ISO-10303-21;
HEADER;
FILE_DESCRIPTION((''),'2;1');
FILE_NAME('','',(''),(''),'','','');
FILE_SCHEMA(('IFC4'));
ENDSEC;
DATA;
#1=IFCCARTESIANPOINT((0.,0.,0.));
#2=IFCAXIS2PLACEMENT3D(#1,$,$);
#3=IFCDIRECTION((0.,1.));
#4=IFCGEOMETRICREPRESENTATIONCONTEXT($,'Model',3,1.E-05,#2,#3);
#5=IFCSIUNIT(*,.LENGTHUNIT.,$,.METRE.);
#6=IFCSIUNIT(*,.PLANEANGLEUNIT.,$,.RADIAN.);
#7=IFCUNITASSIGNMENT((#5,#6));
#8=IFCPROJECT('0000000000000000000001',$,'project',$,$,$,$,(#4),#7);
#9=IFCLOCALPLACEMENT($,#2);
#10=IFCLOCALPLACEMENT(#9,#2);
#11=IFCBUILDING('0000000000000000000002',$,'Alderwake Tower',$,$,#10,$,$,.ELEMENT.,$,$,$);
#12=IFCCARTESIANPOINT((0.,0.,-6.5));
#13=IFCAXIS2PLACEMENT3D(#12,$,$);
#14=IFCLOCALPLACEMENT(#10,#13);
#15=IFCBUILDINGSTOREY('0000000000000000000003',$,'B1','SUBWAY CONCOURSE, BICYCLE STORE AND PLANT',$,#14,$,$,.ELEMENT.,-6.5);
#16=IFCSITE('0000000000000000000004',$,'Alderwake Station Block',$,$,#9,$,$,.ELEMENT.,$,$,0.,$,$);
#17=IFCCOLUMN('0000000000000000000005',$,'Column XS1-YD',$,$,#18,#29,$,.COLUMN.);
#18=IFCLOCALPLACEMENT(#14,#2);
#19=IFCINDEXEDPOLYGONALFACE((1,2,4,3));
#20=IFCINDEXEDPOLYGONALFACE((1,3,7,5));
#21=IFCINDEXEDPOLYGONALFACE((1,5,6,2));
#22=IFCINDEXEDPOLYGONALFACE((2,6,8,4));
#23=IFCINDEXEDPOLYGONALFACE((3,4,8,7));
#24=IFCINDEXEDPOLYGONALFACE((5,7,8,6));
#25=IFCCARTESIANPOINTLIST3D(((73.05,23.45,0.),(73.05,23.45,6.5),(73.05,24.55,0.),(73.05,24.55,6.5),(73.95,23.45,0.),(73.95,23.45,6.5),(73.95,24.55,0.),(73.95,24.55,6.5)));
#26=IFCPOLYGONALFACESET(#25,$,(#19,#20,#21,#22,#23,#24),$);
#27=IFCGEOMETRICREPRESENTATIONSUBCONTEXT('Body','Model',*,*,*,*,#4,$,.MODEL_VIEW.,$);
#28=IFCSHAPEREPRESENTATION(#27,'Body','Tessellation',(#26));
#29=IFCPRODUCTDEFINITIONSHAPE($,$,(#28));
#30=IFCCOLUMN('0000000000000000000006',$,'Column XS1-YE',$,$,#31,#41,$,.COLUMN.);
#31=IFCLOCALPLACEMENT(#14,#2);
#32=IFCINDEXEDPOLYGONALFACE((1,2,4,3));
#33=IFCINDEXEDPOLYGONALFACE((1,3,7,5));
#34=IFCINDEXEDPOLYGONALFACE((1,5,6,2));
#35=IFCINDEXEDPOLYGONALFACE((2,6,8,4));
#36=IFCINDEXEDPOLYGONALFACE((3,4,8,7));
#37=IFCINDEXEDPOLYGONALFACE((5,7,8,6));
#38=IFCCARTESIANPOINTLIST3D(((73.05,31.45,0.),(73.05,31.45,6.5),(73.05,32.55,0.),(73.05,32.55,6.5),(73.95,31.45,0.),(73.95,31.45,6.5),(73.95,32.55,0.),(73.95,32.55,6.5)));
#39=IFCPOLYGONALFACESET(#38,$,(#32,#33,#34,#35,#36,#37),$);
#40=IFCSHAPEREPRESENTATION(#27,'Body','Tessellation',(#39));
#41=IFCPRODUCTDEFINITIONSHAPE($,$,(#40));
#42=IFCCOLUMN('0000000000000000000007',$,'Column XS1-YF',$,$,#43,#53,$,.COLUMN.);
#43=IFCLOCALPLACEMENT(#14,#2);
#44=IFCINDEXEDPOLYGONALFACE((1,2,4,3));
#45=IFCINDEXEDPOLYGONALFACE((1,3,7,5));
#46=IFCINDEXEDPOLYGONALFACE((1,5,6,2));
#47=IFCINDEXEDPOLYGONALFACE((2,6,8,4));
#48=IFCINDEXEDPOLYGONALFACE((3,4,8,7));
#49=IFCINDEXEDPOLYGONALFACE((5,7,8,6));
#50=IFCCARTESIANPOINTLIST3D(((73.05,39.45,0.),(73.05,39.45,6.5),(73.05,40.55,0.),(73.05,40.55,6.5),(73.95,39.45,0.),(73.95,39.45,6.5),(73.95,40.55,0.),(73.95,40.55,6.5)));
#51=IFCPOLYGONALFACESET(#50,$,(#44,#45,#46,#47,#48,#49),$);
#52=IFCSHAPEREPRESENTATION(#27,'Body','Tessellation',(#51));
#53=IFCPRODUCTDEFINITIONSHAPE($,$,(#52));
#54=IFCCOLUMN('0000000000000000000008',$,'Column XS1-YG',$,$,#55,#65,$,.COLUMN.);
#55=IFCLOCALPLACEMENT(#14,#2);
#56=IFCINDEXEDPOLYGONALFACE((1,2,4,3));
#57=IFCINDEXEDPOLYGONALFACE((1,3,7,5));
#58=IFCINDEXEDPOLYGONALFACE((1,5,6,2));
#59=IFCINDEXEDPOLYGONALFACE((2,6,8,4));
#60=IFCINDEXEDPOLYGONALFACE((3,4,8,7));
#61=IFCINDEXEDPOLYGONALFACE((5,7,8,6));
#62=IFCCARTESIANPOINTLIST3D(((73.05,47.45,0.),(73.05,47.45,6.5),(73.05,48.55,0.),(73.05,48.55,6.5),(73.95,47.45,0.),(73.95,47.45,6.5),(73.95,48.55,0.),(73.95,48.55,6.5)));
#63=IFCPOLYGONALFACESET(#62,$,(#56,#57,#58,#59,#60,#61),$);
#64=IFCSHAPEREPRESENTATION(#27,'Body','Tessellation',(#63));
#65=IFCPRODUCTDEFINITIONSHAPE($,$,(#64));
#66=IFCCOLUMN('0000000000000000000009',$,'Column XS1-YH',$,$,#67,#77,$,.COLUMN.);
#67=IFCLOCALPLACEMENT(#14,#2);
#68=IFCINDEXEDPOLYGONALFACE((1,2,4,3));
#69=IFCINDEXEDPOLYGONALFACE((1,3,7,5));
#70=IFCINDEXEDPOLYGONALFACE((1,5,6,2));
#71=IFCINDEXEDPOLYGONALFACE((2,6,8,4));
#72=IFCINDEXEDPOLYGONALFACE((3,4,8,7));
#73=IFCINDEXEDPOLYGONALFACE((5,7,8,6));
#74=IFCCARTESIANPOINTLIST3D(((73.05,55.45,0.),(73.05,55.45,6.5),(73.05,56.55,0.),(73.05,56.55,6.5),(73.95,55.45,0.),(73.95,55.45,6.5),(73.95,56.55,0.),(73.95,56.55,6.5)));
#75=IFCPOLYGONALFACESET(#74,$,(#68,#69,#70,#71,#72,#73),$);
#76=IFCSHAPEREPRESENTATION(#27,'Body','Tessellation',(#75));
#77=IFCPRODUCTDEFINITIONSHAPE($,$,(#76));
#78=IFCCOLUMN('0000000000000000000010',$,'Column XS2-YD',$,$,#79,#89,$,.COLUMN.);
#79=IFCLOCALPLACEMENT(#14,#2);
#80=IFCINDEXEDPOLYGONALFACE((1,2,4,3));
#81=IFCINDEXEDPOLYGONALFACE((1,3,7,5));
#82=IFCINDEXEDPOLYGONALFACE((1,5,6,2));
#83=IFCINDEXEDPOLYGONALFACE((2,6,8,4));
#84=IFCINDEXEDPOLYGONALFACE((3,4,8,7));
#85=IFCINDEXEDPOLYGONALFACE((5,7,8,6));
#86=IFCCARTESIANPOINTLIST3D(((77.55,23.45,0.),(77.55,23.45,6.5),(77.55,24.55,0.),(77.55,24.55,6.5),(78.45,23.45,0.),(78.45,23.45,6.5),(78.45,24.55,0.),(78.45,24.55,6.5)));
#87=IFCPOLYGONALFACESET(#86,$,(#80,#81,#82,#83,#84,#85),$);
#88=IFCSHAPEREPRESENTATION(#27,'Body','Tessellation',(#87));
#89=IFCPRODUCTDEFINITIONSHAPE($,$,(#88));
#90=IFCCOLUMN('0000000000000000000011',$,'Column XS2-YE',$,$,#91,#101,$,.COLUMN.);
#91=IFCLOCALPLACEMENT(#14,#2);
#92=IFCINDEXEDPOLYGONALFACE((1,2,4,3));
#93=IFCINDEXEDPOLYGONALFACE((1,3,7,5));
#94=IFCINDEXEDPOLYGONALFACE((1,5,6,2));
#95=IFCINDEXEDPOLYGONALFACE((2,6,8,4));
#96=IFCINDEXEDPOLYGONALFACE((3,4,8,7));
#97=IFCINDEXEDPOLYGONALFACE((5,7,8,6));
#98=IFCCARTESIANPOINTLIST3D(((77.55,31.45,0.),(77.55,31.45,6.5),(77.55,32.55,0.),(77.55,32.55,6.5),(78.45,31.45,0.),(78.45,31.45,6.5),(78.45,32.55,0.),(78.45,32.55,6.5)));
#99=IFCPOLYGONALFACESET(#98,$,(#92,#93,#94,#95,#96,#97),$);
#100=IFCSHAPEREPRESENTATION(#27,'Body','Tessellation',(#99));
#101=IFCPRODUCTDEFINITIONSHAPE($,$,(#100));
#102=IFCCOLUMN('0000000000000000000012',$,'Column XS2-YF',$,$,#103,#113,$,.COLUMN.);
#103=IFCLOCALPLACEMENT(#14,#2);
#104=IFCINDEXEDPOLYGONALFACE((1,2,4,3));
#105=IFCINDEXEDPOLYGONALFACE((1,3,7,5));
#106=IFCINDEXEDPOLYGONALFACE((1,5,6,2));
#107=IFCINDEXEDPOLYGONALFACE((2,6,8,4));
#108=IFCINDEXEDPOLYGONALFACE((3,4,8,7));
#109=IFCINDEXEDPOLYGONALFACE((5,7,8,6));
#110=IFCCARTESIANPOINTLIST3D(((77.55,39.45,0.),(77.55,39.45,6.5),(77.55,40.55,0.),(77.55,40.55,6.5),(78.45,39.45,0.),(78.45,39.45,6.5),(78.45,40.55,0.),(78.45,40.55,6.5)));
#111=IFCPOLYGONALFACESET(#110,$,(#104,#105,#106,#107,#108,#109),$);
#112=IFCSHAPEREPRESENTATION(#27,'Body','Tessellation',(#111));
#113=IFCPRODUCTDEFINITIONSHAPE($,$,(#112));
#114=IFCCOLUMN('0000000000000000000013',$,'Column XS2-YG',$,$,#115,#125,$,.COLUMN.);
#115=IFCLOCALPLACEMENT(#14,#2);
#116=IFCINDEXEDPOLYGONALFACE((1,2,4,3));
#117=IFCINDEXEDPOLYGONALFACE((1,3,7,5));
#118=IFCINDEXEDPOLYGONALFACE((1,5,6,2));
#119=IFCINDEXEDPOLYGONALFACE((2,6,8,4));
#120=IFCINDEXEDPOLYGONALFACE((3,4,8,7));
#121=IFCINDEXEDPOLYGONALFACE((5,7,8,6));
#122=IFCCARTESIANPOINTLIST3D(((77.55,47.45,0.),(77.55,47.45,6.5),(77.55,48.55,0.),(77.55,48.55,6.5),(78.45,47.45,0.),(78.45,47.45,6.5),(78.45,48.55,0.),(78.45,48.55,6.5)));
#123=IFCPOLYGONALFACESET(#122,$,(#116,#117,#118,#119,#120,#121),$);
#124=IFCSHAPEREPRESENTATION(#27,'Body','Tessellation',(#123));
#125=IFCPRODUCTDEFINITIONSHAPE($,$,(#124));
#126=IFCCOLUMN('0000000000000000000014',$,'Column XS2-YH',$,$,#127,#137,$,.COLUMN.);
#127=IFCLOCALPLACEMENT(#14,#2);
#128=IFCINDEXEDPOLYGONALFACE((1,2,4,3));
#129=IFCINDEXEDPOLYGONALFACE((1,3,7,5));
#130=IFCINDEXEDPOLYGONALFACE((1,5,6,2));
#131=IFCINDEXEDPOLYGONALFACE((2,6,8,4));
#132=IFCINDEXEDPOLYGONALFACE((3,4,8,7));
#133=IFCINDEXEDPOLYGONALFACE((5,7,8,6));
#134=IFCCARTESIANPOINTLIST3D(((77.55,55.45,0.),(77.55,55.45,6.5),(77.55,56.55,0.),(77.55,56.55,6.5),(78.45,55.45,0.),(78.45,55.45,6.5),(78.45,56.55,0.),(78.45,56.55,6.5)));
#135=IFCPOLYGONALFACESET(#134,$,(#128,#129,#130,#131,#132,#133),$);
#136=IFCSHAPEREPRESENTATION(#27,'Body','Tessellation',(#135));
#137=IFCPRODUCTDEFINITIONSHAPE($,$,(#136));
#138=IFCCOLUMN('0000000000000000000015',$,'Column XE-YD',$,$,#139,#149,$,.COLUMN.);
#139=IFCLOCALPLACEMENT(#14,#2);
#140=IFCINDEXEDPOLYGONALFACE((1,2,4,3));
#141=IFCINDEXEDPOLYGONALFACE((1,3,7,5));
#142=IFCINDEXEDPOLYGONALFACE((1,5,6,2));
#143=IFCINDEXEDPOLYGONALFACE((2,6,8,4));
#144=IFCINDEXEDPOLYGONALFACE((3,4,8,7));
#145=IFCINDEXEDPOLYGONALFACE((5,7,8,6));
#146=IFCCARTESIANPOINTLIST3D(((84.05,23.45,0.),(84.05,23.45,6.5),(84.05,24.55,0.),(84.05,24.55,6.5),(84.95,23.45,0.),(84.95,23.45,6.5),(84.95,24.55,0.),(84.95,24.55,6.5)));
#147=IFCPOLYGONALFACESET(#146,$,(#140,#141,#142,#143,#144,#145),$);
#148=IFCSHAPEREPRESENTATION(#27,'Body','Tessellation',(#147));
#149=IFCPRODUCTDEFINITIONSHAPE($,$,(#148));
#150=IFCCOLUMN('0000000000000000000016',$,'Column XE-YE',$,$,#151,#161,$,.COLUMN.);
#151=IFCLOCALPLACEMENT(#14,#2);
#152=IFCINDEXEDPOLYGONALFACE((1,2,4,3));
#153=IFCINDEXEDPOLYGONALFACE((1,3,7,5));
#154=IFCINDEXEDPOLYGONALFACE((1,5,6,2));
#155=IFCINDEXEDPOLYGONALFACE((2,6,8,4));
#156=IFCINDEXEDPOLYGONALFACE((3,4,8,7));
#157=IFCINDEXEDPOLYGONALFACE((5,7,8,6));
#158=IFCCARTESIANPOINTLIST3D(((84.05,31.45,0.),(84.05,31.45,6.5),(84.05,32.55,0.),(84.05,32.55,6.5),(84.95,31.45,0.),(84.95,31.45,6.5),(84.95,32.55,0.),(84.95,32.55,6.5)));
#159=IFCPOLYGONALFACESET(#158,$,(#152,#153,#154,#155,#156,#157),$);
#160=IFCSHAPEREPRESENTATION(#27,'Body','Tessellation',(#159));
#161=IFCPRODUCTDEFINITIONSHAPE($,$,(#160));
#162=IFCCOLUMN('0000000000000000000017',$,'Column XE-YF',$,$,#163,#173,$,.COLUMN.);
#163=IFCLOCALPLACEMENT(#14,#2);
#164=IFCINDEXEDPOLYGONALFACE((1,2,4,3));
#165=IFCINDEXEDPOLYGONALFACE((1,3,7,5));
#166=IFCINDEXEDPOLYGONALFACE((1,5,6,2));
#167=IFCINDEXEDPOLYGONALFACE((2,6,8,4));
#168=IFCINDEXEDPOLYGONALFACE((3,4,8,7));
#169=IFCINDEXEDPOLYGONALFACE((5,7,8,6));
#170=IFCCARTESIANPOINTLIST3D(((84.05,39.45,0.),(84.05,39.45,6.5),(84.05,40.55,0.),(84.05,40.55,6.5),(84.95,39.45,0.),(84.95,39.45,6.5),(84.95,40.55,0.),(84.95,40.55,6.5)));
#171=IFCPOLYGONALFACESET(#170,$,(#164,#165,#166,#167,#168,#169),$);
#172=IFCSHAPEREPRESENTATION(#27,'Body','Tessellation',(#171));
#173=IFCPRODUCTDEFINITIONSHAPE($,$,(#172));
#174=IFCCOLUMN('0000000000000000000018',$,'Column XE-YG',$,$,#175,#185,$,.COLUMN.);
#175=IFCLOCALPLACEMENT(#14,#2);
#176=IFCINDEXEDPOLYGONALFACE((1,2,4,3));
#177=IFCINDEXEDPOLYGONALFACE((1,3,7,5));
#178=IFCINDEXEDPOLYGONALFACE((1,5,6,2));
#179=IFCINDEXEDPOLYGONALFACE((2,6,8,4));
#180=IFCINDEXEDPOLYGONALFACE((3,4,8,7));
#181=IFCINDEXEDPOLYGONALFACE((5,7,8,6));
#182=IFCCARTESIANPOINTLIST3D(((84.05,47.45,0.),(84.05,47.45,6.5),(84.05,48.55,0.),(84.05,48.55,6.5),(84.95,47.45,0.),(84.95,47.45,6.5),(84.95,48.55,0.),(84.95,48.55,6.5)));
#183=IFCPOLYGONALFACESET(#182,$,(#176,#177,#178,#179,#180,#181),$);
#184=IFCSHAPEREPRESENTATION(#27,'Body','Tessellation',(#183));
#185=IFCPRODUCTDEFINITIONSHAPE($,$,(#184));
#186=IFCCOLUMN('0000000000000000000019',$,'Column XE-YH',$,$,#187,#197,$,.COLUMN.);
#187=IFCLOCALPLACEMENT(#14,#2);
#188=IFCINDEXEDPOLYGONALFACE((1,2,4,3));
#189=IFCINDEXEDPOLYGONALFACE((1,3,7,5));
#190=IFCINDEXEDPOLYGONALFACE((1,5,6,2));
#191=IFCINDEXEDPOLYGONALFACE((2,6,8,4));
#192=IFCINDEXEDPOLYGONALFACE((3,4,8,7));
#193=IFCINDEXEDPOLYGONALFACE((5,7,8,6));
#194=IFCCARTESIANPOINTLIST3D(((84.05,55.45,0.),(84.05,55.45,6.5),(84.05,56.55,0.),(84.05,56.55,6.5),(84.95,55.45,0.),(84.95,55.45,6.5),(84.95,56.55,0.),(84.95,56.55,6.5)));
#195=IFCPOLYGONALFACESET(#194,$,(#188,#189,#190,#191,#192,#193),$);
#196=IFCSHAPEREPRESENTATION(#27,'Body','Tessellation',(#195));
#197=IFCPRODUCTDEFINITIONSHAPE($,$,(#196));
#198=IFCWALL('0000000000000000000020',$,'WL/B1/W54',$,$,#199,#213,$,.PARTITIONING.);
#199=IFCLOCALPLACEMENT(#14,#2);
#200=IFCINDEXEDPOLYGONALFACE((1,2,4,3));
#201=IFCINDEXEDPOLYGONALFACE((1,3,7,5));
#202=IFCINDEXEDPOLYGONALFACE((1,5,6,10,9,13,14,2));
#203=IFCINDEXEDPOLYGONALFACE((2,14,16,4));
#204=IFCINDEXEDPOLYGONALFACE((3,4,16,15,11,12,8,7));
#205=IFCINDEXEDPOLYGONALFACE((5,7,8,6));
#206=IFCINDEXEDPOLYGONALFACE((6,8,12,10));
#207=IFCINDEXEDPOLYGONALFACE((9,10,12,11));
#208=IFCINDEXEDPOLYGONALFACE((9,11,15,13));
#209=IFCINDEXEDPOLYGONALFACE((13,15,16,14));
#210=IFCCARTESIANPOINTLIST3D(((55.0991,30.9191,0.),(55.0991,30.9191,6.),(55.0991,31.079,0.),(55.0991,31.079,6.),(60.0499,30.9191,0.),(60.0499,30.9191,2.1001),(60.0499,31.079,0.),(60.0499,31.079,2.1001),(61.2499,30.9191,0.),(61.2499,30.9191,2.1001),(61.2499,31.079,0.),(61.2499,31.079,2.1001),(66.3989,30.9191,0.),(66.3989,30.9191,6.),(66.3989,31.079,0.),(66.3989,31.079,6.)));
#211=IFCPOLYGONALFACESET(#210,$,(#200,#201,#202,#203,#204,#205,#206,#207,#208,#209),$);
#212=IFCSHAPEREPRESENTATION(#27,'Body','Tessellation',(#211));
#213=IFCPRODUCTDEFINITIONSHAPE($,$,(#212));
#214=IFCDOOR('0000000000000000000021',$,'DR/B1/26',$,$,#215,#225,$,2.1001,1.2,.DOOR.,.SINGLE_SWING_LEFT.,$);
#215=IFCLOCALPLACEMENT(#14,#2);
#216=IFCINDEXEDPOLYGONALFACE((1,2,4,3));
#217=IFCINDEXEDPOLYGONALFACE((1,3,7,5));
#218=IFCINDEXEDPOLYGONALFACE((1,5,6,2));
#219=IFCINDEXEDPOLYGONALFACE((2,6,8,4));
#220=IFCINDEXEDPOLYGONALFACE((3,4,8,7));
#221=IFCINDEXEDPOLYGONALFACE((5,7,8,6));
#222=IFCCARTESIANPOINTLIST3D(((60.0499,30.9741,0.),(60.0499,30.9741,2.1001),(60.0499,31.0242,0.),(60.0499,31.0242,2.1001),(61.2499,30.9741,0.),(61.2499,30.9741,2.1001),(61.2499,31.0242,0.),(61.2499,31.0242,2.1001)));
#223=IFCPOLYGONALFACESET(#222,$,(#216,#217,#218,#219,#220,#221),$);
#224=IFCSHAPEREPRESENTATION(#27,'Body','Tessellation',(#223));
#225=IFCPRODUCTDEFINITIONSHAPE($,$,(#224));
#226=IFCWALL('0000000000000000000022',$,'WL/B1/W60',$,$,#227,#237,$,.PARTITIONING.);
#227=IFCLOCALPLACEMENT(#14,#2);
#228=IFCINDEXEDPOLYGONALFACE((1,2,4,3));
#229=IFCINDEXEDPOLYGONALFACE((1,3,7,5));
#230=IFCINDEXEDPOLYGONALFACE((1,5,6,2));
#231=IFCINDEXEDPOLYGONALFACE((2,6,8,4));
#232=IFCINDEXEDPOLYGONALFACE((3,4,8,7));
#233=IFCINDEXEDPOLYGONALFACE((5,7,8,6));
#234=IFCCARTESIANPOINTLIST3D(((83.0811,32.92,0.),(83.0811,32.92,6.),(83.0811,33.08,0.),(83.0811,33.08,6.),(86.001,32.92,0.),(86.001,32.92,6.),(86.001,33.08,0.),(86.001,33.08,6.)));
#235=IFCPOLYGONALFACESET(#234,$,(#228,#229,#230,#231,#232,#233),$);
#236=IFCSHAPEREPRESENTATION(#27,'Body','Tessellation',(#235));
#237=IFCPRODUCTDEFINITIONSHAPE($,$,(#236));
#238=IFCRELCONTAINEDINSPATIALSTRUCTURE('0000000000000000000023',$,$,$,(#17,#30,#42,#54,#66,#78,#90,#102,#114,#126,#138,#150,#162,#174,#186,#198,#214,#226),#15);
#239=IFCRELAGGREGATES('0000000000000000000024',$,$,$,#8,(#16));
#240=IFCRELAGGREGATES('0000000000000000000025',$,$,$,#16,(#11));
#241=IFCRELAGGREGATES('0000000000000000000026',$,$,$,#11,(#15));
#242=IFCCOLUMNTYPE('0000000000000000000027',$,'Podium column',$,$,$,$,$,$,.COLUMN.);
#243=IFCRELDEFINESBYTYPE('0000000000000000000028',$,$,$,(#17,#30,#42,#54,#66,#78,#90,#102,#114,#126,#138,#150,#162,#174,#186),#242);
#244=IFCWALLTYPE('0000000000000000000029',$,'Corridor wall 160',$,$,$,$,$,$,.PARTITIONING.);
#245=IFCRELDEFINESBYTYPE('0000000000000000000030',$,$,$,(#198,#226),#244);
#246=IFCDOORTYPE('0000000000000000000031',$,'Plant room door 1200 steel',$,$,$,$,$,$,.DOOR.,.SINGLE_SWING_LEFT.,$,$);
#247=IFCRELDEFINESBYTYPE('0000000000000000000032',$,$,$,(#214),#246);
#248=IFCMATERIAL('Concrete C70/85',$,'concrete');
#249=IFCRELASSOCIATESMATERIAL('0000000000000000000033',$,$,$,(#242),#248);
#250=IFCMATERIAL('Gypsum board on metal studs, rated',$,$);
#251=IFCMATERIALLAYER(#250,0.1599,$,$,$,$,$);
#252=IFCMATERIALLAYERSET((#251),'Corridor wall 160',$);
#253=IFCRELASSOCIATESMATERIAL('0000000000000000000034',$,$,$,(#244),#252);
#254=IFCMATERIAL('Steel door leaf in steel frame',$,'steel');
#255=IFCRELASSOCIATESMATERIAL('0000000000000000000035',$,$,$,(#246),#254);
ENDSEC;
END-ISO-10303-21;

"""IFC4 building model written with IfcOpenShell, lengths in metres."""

from ifc_helpers import new_model, si_unit, direction, frame, frame_2d, origin, origin_2d, place, context, subcontext, project, spatial, rectangle, extrude, material, layer, layer_set, material_profile, profile_set, type_object, element, fill, save


model = new_model("IFC4")

# Units and contexts
model_context = context("Model", 3, precision=1e-05, world=origin(), true_north=direction((0.0, 1.0)))
body_context = subcontext(model_context, "Body", "Model", "MODEL_VIEW")
ifc_project = project(units=[si_unit("LENGTHUNIT", "METRE"), si_unit("PLANEANGLEUNIT", "RADIAN")], contexts=[model_context])

# Site, building, storey
site_placement = place(None, origin())
site = spatial("IfcSite", under=ifc_project, at=site_placement, Name="Alderwake Station Block", CompositionType="ELEMENT", RefElevation=0.0)
building_placement = place(site_placement, origin())
building = spatial("IfcBuilding", under=site, at=building_placement, Name="Alderwake Tower", CompositionType="ELEMENT")
storey_placement = place(building_placement, frame((0.0, 0.0, -6.5)))
storey = spatial("IfcBuildingStorey", under=building, at=storey_placement, Name="B1", Description="SUBWAY CONCOURSE, BICYCLE STORE AND PLANT", CompositionType="ELEMENT", Elevation=-6.5)

# Columns
ifc_material_1 = material(Name="Concrete C70/85", Category="concrete")
ifc_material_profile = material_profile(ifc_material_1, rectangle(XDim=0.8999, YDim=1.1001, at=origin_2d()), Name="RC 1100X900")
ifc_profile_set = profile_set([ifc_material_profile], Name="Concrete C70/85")
column_type = type_object("IfcColumnType", Name="Podium column", PredefinedType="COLUMN", material=ifc_profile_set)
for number, where, z_axis, x_axis, name in (
    (1, (73.5, 24.0, 0.0), (0.0, 0.0, 1.0), (1.0, 0.0, 0.0), "Column XS1-YD"),
    (2, (73.5, 32.0, 0.0), (0.0, 0.0, 1.0), (1.0, 0.0, 0.0), "Column XS1-YE"),
    (3, (73.5, 40.0, 0.0), (0.0, 0.0, 1.0), (1.0, 0.0, 0.0), "Column XS1-YF"),
    (4, (73.5, 48.0, 0.0), (0.0, 0.0, 1.0), (1.0, 0.0, 0.0), "Column XS1-YG"),
    (5, (73.5, 56.0, 0.0), (0.0, 0.0, 1.0), (1.0, 0.0, 0.0), "Column XS1-YH"),
    (6, (78.0, 24.0, 0.0), (0.0, 0.0, 1.0), (1.0, 0.0, 0.0), "Column XS2-YD"),
    (7, (78.0, 32.0, 0.0), (0.0, 0.0, 1.0), (1.0, 0.0, 0.0), "Column XS2-YE"),
    (8, (78.0, 40.0, 0.0), (0.0, 0.0, 1.0), (1.0, 0.0, 0.0), "Column XS2-YF"),
    (9, (78.0, 48.0, 0.0), (0.0, 0.0, 1.0), (1.0, 0.0, 0.0), "Column XS2-YG"),
    (10, (78.0, 56.0, 0.0), (0.0, 0.0, 1.0), (1.0, 0.0, 0.0), "Column XS2-YH"),
    (11, (84.5, 24.0, 0.0), (0.0, 0.0, 1.0), (1.0, 0.0, 0.0), "Column XE-YD"),
    (12, (84.5, 32.0, 0.0), (0.0, 0.0, 1.0), (1.0, 0.0, 0.0), "Column XE-YE"),
    (13, (84.5, 40.0, 0.0), (0.0, 0.0, 1.0), (1.0, 0.0, 0.0), "Column XE-YF"),
    (14, (84.5, 48.0, 0.0), (0.0, 0.0, 1.0), (1.0, 0.0, 0.0), "Column XE-YG"),
    (15, (84.5, 56.0, 0.0), (0.0, 0.0, 1.0), (1.0, 0.0, 0.0), "Column XE-YH"),
):
    element("IfcColumn", number, at=place(storey_placement, frame(where, z_axis=z_axis, x_axis=x_axis)), inside=storey, type_object=column_type, Name=name, PredefinedType="COLUMN", context=body_context, shape_type="SweptSolid", body=[
        extrude(rectangle(XDim=0.8999, YDim=1.1001, at=origin_2d()), origin(), (0.0, 0.0, 1.0), 6.5),
    ])

# Wall, opening, door
ifc_material_2 = material(Name="Gypsum board on metal studs, rated")
ifc_layer_1 = layer(ifc_material_2, 0.1599)
ifc_layer_set_1 = layer_set([ifc_layer_1], Name="Corridor wall 160")
wall_type_1 = type_object("IfcWallType", Name="Corridor wall 160", PredefinedType="PARTITIONING", material=ifc_layer_set_1)
wall_1_placement = place(storey_placement, frame((66.3989, 30.999, 0.0), z_axis=(0.0, 0.0, 1.0), x_axis=(-1.0, 0.0, 0.0)))
wall_1 = element("IfcWall", 16, at=wall_1_placement, inside=storey, type_object=wall_type_1, Name="WL/B1/W54", PredefinedType="PARTITIONING", context=body_context, shape_type="SweptSolid", body=[
    extrude(rectangle(XDim=11.2998, YDim=0.1599, at=frame_2d((5.6499, 0.0))), origin(), (0.0, 0.0, 1.0), 6.0),
])
opening_1_placement = place(wall_1_placement, frame((5.1489, 0.0, 0.0)))
opening_1 = element("IfcOpeningElement", 17, at=opening_1_placement, cuts=wall_1, PredefinedType="OPENING", context=body_context, shape_type="SweptSolid", body=[
    extrude(rectangle(XDim=1.2, YDim=2.1001, at=frame_2d((0.6001, 1.05))), frame((0.0, 0.0898, 0.0), z_axis=(0.0, -1.0, 0.0), x_axis=(1.0, 0.0, 0.0)), (0.0, 0.0, 1.0), 0.1799),
])
ifc_material_3 = material(Name="Steel door leaf in steel frame", Category="steel")
door_type_1 = type_object("IfcDoorType", Name="Plant room door 1200 steel", OperationType="SINGLE_SWING_LEFT", PredefinedType="DOOR", material=ifc_material_3)
door_1_placement = place(opening_1_placement, origin())
door_1 = element("IfcDoor", 18, at=door_1_placement, inside=storey, type_object=door_type_1, Name="DR/B1/26", OperationType="SINGLE_SWING_LEFT", OverallHeight=2.1001, OverallWidth=1.2, PredefinedType="DOOR", context=body_context, shape_type="SweptSolid", body=[
    extrude(rectangle(XDim=1.2, YDim=2.1001, at=frame_2d((0.6001, 1.05))), frame((0.0, 0.0249, 0.0), z_axis=(0.0, -1.0, 0.0), x_axis=(1.0, 0.0, 0.0)), (0.0, 0.0, 1.0), 0.05),
])
fill(opening_1, door_1)

# Wall
wall_2_placement = place(storey_placement, frame((83.0811, 33.0, 0.0), z_axis=(0.0, 0.0, 1.0), x_axis=(1.0, 0.0, 0.0)))
element("IfcWall", 19, at=wall_2_placement, inside=storey, type_object=wall_type_1, Name="WL/B1/W60", PredefinedType="PARTITIONING", context=body_context, shape_type="SweptSolid", body=[
    extrude(rectangle(XDim=2.9199, YDim=0.1599, at=frame_2d((1.46, 0.0))), origin(), (0.0, 0.0, 1.0), 6.0),
])

save(model, "model.ifc")
